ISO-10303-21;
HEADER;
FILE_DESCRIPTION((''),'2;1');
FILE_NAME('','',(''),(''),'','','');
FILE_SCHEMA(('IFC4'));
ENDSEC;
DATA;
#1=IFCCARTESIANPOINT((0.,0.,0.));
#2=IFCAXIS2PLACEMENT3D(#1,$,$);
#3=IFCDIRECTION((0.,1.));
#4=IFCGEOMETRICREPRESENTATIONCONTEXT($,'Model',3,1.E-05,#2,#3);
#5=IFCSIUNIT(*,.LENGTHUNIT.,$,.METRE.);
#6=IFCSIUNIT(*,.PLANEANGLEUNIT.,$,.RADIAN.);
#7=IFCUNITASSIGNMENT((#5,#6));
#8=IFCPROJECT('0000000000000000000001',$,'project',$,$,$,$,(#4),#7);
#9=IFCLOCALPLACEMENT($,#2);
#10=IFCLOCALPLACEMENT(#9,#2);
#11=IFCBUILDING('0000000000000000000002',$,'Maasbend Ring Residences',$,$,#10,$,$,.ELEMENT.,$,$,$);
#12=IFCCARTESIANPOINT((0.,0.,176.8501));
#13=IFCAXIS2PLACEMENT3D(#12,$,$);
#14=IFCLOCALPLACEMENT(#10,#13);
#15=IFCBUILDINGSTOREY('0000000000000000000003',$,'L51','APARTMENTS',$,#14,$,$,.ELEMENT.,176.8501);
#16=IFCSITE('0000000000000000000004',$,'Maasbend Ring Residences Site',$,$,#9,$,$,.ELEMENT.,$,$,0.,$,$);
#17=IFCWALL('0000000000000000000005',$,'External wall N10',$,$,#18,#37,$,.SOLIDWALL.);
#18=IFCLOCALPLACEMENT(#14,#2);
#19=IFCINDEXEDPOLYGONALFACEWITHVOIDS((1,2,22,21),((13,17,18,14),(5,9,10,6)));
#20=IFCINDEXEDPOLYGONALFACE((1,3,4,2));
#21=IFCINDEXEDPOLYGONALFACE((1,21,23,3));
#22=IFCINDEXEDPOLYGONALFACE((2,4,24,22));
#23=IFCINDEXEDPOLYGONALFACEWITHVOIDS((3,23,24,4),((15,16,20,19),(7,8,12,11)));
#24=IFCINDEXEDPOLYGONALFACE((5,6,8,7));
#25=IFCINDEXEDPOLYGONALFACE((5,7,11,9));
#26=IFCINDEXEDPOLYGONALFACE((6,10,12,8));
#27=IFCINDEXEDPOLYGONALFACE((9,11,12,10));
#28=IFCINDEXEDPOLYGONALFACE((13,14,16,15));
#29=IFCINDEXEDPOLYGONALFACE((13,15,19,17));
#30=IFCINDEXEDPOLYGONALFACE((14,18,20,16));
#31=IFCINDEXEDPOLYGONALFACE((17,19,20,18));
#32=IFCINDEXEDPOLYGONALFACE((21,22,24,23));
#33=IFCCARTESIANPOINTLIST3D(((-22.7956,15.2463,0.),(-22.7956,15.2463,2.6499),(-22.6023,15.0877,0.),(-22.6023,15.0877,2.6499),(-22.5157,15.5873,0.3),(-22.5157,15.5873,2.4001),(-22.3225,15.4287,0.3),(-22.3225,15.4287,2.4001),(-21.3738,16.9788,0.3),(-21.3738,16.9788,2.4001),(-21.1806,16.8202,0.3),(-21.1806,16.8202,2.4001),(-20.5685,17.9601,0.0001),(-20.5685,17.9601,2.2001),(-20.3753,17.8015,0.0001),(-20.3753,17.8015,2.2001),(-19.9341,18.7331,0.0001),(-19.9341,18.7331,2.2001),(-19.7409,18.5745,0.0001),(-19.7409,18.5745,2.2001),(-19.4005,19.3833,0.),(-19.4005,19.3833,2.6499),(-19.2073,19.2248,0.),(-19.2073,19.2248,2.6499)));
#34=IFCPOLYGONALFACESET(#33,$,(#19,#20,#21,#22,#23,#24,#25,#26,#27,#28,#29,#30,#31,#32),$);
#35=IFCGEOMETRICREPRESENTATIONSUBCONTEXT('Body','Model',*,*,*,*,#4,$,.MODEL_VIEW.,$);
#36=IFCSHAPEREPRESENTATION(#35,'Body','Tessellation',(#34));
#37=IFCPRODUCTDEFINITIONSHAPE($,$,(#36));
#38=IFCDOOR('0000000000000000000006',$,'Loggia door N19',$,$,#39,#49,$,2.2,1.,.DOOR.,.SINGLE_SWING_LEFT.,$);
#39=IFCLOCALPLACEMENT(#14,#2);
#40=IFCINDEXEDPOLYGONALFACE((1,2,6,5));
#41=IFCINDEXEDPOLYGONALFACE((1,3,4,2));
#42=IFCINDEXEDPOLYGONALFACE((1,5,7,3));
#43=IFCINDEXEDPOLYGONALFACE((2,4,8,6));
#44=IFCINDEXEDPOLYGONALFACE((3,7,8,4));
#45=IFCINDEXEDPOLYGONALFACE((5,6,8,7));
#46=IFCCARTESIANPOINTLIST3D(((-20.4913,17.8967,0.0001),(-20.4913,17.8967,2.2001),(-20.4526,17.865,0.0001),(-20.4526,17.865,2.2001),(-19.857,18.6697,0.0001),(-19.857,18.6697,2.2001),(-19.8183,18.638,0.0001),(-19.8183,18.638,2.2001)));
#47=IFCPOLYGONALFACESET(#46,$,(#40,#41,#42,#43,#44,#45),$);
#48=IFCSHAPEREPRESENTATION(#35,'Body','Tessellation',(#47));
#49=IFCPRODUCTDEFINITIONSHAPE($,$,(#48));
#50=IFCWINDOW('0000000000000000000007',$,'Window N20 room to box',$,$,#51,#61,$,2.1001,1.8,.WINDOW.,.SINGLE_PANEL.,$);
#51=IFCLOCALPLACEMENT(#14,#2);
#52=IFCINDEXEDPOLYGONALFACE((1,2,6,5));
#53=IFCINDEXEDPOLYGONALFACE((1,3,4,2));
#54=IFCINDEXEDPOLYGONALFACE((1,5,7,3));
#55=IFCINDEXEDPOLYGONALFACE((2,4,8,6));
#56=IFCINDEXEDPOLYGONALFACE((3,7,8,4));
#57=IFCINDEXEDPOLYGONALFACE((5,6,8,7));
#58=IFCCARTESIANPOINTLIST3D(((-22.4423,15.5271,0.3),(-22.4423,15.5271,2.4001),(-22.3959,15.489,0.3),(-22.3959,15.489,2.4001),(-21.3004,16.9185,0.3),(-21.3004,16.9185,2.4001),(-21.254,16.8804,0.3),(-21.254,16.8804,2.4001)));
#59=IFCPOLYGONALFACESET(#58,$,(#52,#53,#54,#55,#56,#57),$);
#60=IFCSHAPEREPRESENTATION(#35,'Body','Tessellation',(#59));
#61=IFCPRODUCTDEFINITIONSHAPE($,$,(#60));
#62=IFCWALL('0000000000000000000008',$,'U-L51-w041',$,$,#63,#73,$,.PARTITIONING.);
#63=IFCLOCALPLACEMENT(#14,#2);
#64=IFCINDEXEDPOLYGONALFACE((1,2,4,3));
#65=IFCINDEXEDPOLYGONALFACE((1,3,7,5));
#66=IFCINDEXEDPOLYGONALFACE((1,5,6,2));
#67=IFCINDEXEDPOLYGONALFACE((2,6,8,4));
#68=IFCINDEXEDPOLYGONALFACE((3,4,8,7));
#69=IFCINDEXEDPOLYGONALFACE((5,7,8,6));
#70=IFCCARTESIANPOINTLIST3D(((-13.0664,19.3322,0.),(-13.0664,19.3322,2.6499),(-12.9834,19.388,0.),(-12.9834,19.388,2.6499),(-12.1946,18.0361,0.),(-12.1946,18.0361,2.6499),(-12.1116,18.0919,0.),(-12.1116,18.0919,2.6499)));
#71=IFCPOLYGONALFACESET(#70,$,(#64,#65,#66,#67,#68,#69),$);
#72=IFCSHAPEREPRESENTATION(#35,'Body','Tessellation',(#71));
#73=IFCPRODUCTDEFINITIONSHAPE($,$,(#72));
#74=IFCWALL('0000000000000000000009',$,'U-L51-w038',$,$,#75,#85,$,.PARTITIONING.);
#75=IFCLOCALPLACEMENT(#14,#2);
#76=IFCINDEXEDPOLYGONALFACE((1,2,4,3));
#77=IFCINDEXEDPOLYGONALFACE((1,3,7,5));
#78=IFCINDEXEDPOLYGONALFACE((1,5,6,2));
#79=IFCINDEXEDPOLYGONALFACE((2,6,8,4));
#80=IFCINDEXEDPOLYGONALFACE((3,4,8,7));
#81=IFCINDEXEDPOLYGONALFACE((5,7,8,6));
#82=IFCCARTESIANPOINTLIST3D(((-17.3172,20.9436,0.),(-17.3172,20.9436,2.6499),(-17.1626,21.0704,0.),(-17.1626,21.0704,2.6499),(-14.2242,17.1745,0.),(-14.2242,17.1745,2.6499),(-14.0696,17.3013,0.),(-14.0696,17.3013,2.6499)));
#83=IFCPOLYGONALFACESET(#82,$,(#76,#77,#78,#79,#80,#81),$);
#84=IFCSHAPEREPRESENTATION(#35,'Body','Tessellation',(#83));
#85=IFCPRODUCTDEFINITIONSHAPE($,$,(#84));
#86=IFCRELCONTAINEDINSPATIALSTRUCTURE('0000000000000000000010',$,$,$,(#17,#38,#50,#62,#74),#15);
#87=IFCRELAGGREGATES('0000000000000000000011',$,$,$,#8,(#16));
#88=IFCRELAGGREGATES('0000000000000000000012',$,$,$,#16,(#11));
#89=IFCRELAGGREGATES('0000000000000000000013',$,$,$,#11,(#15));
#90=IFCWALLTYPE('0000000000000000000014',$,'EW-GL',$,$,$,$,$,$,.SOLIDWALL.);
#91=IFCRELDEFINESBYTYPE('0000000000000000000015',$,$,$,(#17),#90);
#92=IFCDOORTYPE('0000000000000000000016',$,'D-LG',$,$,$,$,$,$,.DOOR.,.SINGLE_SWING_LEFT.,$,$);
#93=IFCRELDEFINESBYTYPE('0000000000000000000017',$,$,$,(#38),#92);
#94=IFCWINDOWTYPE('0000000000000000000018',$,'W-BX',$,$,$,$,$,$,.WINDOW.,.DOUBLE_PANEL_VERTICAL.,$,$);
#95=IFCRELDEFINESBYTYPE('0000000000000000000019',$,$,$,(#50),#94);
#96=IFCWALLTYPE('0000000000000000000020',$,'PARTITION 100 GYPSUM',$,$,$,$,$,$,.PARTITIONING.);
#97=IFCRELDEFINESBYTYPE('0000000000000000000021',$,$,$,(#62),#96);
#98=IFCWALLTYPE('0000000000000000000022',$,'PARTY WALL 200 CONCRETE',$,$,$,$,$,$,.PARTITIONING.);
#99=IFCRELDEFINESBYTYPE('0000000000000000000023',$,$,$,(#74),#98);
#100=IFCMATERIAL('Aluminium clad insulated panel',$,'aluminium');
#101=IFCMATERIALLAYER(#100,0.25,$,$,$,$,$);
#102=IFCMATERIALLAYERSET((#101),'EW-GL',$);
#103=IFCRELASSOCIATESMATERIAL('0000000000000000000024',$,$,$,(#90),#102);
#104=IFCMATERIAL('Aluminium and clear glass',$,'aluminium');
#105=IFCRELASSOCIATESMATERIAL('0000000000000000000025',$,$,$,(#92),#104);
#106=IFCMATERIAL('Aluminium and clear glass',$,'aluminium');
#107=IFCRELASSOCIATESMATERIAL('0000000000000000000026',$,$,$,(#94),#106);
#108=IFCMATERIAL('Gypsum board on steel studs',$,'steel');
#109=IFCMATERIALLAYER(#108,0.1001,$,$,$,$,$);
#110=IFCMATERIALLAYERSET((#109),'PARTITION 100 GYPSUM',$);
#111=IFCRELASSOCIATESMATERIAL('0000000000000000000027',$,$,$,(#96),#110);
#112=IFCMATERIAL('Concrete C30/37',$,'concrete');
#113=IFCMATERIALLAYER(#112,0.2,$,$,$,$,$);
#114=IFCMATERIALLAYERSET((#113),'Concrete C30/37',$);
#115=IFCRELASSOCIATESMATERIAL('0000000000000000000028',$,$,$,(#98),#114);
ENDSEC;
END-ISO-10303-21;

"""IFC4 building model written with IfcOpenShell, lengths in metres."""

from ifc_helpers import new_model, si_unit, direction, frame, frame_2d, origin, place, context, subcontext, project, spatial, rectangle, extrude, material, layer, layer_set, type_object, element, fill, save


model = new_model("IFC4")

# Units and contexts
model_context = context("Model", 3, precision=1e-05, world=origin(), true_north=direction((0.0, 1.0)))
body_context = subcontext(model_context, "Body", "Model", "MODEL_VIEW")
ifc_project = project(units=[si_unit("LENGTHUNIT", "METRE"), si_unit("PLANEANGLEUNIT", "RADIAN")], contexts=[model_context])

# Site, building, storey
site_placement = place(None, origin())
site = spatial("IfcSite", under=ifc_project, at=site_placement, Name="Maasbend Ring Residences Site", CompositionType="ELEMENT", RefElevation=0.0)
building_placement = place(site_placement, origin())
building = spatial("IfcBuilding", under=site, at=building_placement, Name="Maasbend Ring Residences", CompositionType="ELEMENT")
storey_placement = place(building_placement, frame((0.0, 0.0, 176.8501)))
storey = spatial("IfcBuildingStorey", under=building, at=storey_placement, Name="L51", Description="APARTMENTS", CompositionType="ELEMENT", Elevation=176.8501)

# Wall, openings, door, window
ifc_material_1 = material(Name="Aluminium clad insulated panel", Category="aluminium")
ifc_layer_1 = layer(ifc_material_1, 0.25)
ifc_layer_set_1 = layer_set([ifc_layer_1], Name="EW-GL")
wall_type_1 = type_object("IfcWallType", Name="EW-GL", PredefinedType="SOLIDWALL", material=ifc_layer_set_1)
ifc_material_2 = material(Name="Aluminium and clear glass", Category="aluminium")
door_type = type_object("IfcDoorType", Name="D-LG", OperationType="SINGLE_SWING_LEFT", PredefinedType="DOOR", material=ifc_material_2)
ifc_material_3 = material(Name="Aluminium and clear glass", Category="aluminium")
window_type_1 = type_object("IfcWindowType", Name="W-BX", PartitioningType="DOUBLE_PANEL_VERTICAL", PredefinedType="WINDOW", material=ifc_material_3)
wall_1_placement = place(storey_placement, frame((-19.304, 19.304, 0.0), z_axis=(0.0, 0.0, 1.0), x_axis=(-0.634382, -0.773019, 0.0)))
wall_1 = element("IfcWall", 1, at=wall_1_placement, inside=storey, type_object=wall_type_1, Name="External wall N10", PredefinedType="SOLIDWALL", context=body_context, shape_type="SweptSolid", body=[
    extrude(rectangle(XDim=5.3518, YDim=0.25, at=frame_2d((2.6758, 0.0))), origin(), (0.0, 0.0, 1.0), 2.6499),
])
opening_1_placement = place(wall_1_placement, frame((0.8411, 0.0, 0.0)))
opening_1 = element("IfcOpeningElement", 2, at=opening_1_placement, cuts=wall_1, PredefinedType="OPENING", context=body_context, shape_type="SweptSolid", body=[
    extrude(rectangle(XDim=1.0, YDim=2.2, at=frame_2d((0.5, 1.1001))), frame((0.0, 0.135, 0.0), z_axis=(0.0, -1.0, 0.0), x_axis=(1.0, 0.0, 0.0)), (0.0, 0.0, 1.0), 0.27),
])
opening_2_placement = place(wall_1_placement, frame((3.1106, 0.0, 0.3)))
opening_2 = element("IfcOpeningElement", 3, at=opening_2_placement, cuts=wall_1, PredefinedType="OPENING", context=body_context, shape_type="SweptSolid", body=[
    extrude(rectangle(XDim=1.8, YDim=2.1001, at=frame_2d((0.8999, 1.05))), frame((0.0, 0.135, 0.0), z_axis=(0.0, -1.0, 0.0), x_axis=(1.0, 0.0, 0.0)), (0.0, 0.0, 1.0), 0.27),
])
door_1_placement = place(opening_1_placement, origin())
door_1 = element("IfcDoor", 4, at=door_1_placement, inside=storey, type_object=door_type, Name="Loggia door N19", OperationType="SINGLE_SWING_LEFT", OverallHeight=2.2, OverallWidth=1.0, PredefinedType="DOOR", context=body_context, shape_type="SweptSolid", body=[
    extrude(rectangle(XDim=1.0, YDim=2.2, at=frame_2d((0.5, 1.1001))), frame((0.0, 0.0249, 0.0), z_axis=(0.0, -1.0, 0.0), x_axis=(1.0, 0.0, 0.0)), (0.0, 0.0, 1.0), 0.05),
])
fill(opening_1, door_1)
window_1_placement = place(opening_2_placement, origin())
window_1 = element("IfcWindow", 5, at=window_1_placement, inside=storey, type_object=window_type_1, Name="Window N20 room to box", OverallHeight=2.1001, OverallWidth=1.8, PartitioningType="SINGLE_PANEL", PredefinedType="WINDOW", context=body_context, shape_type="SweptSolid", body=[
    extrude(rectangle(XDim=1.8, YDim=2.1001, at=frame_2d((0.8999, 1.05))), frame((0.0, 0.03, 0.0), z_axis=(0.0, -1.0, 0.0), x_axis=(1.0, 0.0, 0.0)), (0.0, 0.0, 1.0), 0.0601),
])
fill(opening_2, window_1)

# Walls
ifc_material_4 = material(Name="Gypsum board on steel studs", Category="steel")
ifc_layer_2 = layer(ifc_material_4, 0.1001)
ifc_layer_set_2 = layer_set([ifc_layer_2], Name="PARTITION 100 GYPSUM")
wall_type_2 = type_object("IfcWallType", Name="PARTITION 100 GYPSUM", PredefinedType="PARTITIONING", material=ifc_layer_set_2)
wall_2_placement = place(storey_placement, frame((-13.0249, 19.3601, 0.0), z_axis=(0.0, 0.0, 1.0), x_axis=(0.558122, -0.829759, 0.0)))
element("IfcWall", 6, at=wall_2_placement, inside=storey, type_object=wall_type_2, Name="U-L51-w041", PredefinedType="PARTITIONING", context=body_context, shape_type="SweptSolid", body=[
    extrude(rectangle(XDim=1.562, YDim=0.1001, at=frame_2d((0.781, 0.0))), origin(), (0.0, 0.0, 1.0), 2.6499),
])
ifc_material_5 = material(Name="Concrete C30/37", Category="concrete")
ifc_layer_3 = layer(ifc_material_5, 0.2)
ifc_layer_set_3 = layer_set([ifc_layer_3], Name="Concrete C30/37")
wall_type_3 = type_object("IfcWallType", Name="PARTY WALL 200 CONCRETE", PredefinedType="PARTITIONING", material=ifc_layer_set_3)
wall_3_placement = place(storey_placement, frame((-17.24, 21.0071, 0.0), z_axis=(0.0, 0.0, 1.0), x_axis=(0.634374, -0.773026, 0.0)))
element("IfcWall", 7, at=wall_3_placement, inside=storey, type_object=wall_type_3, Name="U-L51-w038", PredefinedType="PARTITIONING", context=body_context, shape_type="SweptSolid", body=[
    extrude(rectangle(XDim=4.8757, YDim=0.2, at=frame_2d((2.438, 0.0))), origin(), (0.0, 0.0, 1.0), 2.6499),
])

save(model, "model.ifc")
